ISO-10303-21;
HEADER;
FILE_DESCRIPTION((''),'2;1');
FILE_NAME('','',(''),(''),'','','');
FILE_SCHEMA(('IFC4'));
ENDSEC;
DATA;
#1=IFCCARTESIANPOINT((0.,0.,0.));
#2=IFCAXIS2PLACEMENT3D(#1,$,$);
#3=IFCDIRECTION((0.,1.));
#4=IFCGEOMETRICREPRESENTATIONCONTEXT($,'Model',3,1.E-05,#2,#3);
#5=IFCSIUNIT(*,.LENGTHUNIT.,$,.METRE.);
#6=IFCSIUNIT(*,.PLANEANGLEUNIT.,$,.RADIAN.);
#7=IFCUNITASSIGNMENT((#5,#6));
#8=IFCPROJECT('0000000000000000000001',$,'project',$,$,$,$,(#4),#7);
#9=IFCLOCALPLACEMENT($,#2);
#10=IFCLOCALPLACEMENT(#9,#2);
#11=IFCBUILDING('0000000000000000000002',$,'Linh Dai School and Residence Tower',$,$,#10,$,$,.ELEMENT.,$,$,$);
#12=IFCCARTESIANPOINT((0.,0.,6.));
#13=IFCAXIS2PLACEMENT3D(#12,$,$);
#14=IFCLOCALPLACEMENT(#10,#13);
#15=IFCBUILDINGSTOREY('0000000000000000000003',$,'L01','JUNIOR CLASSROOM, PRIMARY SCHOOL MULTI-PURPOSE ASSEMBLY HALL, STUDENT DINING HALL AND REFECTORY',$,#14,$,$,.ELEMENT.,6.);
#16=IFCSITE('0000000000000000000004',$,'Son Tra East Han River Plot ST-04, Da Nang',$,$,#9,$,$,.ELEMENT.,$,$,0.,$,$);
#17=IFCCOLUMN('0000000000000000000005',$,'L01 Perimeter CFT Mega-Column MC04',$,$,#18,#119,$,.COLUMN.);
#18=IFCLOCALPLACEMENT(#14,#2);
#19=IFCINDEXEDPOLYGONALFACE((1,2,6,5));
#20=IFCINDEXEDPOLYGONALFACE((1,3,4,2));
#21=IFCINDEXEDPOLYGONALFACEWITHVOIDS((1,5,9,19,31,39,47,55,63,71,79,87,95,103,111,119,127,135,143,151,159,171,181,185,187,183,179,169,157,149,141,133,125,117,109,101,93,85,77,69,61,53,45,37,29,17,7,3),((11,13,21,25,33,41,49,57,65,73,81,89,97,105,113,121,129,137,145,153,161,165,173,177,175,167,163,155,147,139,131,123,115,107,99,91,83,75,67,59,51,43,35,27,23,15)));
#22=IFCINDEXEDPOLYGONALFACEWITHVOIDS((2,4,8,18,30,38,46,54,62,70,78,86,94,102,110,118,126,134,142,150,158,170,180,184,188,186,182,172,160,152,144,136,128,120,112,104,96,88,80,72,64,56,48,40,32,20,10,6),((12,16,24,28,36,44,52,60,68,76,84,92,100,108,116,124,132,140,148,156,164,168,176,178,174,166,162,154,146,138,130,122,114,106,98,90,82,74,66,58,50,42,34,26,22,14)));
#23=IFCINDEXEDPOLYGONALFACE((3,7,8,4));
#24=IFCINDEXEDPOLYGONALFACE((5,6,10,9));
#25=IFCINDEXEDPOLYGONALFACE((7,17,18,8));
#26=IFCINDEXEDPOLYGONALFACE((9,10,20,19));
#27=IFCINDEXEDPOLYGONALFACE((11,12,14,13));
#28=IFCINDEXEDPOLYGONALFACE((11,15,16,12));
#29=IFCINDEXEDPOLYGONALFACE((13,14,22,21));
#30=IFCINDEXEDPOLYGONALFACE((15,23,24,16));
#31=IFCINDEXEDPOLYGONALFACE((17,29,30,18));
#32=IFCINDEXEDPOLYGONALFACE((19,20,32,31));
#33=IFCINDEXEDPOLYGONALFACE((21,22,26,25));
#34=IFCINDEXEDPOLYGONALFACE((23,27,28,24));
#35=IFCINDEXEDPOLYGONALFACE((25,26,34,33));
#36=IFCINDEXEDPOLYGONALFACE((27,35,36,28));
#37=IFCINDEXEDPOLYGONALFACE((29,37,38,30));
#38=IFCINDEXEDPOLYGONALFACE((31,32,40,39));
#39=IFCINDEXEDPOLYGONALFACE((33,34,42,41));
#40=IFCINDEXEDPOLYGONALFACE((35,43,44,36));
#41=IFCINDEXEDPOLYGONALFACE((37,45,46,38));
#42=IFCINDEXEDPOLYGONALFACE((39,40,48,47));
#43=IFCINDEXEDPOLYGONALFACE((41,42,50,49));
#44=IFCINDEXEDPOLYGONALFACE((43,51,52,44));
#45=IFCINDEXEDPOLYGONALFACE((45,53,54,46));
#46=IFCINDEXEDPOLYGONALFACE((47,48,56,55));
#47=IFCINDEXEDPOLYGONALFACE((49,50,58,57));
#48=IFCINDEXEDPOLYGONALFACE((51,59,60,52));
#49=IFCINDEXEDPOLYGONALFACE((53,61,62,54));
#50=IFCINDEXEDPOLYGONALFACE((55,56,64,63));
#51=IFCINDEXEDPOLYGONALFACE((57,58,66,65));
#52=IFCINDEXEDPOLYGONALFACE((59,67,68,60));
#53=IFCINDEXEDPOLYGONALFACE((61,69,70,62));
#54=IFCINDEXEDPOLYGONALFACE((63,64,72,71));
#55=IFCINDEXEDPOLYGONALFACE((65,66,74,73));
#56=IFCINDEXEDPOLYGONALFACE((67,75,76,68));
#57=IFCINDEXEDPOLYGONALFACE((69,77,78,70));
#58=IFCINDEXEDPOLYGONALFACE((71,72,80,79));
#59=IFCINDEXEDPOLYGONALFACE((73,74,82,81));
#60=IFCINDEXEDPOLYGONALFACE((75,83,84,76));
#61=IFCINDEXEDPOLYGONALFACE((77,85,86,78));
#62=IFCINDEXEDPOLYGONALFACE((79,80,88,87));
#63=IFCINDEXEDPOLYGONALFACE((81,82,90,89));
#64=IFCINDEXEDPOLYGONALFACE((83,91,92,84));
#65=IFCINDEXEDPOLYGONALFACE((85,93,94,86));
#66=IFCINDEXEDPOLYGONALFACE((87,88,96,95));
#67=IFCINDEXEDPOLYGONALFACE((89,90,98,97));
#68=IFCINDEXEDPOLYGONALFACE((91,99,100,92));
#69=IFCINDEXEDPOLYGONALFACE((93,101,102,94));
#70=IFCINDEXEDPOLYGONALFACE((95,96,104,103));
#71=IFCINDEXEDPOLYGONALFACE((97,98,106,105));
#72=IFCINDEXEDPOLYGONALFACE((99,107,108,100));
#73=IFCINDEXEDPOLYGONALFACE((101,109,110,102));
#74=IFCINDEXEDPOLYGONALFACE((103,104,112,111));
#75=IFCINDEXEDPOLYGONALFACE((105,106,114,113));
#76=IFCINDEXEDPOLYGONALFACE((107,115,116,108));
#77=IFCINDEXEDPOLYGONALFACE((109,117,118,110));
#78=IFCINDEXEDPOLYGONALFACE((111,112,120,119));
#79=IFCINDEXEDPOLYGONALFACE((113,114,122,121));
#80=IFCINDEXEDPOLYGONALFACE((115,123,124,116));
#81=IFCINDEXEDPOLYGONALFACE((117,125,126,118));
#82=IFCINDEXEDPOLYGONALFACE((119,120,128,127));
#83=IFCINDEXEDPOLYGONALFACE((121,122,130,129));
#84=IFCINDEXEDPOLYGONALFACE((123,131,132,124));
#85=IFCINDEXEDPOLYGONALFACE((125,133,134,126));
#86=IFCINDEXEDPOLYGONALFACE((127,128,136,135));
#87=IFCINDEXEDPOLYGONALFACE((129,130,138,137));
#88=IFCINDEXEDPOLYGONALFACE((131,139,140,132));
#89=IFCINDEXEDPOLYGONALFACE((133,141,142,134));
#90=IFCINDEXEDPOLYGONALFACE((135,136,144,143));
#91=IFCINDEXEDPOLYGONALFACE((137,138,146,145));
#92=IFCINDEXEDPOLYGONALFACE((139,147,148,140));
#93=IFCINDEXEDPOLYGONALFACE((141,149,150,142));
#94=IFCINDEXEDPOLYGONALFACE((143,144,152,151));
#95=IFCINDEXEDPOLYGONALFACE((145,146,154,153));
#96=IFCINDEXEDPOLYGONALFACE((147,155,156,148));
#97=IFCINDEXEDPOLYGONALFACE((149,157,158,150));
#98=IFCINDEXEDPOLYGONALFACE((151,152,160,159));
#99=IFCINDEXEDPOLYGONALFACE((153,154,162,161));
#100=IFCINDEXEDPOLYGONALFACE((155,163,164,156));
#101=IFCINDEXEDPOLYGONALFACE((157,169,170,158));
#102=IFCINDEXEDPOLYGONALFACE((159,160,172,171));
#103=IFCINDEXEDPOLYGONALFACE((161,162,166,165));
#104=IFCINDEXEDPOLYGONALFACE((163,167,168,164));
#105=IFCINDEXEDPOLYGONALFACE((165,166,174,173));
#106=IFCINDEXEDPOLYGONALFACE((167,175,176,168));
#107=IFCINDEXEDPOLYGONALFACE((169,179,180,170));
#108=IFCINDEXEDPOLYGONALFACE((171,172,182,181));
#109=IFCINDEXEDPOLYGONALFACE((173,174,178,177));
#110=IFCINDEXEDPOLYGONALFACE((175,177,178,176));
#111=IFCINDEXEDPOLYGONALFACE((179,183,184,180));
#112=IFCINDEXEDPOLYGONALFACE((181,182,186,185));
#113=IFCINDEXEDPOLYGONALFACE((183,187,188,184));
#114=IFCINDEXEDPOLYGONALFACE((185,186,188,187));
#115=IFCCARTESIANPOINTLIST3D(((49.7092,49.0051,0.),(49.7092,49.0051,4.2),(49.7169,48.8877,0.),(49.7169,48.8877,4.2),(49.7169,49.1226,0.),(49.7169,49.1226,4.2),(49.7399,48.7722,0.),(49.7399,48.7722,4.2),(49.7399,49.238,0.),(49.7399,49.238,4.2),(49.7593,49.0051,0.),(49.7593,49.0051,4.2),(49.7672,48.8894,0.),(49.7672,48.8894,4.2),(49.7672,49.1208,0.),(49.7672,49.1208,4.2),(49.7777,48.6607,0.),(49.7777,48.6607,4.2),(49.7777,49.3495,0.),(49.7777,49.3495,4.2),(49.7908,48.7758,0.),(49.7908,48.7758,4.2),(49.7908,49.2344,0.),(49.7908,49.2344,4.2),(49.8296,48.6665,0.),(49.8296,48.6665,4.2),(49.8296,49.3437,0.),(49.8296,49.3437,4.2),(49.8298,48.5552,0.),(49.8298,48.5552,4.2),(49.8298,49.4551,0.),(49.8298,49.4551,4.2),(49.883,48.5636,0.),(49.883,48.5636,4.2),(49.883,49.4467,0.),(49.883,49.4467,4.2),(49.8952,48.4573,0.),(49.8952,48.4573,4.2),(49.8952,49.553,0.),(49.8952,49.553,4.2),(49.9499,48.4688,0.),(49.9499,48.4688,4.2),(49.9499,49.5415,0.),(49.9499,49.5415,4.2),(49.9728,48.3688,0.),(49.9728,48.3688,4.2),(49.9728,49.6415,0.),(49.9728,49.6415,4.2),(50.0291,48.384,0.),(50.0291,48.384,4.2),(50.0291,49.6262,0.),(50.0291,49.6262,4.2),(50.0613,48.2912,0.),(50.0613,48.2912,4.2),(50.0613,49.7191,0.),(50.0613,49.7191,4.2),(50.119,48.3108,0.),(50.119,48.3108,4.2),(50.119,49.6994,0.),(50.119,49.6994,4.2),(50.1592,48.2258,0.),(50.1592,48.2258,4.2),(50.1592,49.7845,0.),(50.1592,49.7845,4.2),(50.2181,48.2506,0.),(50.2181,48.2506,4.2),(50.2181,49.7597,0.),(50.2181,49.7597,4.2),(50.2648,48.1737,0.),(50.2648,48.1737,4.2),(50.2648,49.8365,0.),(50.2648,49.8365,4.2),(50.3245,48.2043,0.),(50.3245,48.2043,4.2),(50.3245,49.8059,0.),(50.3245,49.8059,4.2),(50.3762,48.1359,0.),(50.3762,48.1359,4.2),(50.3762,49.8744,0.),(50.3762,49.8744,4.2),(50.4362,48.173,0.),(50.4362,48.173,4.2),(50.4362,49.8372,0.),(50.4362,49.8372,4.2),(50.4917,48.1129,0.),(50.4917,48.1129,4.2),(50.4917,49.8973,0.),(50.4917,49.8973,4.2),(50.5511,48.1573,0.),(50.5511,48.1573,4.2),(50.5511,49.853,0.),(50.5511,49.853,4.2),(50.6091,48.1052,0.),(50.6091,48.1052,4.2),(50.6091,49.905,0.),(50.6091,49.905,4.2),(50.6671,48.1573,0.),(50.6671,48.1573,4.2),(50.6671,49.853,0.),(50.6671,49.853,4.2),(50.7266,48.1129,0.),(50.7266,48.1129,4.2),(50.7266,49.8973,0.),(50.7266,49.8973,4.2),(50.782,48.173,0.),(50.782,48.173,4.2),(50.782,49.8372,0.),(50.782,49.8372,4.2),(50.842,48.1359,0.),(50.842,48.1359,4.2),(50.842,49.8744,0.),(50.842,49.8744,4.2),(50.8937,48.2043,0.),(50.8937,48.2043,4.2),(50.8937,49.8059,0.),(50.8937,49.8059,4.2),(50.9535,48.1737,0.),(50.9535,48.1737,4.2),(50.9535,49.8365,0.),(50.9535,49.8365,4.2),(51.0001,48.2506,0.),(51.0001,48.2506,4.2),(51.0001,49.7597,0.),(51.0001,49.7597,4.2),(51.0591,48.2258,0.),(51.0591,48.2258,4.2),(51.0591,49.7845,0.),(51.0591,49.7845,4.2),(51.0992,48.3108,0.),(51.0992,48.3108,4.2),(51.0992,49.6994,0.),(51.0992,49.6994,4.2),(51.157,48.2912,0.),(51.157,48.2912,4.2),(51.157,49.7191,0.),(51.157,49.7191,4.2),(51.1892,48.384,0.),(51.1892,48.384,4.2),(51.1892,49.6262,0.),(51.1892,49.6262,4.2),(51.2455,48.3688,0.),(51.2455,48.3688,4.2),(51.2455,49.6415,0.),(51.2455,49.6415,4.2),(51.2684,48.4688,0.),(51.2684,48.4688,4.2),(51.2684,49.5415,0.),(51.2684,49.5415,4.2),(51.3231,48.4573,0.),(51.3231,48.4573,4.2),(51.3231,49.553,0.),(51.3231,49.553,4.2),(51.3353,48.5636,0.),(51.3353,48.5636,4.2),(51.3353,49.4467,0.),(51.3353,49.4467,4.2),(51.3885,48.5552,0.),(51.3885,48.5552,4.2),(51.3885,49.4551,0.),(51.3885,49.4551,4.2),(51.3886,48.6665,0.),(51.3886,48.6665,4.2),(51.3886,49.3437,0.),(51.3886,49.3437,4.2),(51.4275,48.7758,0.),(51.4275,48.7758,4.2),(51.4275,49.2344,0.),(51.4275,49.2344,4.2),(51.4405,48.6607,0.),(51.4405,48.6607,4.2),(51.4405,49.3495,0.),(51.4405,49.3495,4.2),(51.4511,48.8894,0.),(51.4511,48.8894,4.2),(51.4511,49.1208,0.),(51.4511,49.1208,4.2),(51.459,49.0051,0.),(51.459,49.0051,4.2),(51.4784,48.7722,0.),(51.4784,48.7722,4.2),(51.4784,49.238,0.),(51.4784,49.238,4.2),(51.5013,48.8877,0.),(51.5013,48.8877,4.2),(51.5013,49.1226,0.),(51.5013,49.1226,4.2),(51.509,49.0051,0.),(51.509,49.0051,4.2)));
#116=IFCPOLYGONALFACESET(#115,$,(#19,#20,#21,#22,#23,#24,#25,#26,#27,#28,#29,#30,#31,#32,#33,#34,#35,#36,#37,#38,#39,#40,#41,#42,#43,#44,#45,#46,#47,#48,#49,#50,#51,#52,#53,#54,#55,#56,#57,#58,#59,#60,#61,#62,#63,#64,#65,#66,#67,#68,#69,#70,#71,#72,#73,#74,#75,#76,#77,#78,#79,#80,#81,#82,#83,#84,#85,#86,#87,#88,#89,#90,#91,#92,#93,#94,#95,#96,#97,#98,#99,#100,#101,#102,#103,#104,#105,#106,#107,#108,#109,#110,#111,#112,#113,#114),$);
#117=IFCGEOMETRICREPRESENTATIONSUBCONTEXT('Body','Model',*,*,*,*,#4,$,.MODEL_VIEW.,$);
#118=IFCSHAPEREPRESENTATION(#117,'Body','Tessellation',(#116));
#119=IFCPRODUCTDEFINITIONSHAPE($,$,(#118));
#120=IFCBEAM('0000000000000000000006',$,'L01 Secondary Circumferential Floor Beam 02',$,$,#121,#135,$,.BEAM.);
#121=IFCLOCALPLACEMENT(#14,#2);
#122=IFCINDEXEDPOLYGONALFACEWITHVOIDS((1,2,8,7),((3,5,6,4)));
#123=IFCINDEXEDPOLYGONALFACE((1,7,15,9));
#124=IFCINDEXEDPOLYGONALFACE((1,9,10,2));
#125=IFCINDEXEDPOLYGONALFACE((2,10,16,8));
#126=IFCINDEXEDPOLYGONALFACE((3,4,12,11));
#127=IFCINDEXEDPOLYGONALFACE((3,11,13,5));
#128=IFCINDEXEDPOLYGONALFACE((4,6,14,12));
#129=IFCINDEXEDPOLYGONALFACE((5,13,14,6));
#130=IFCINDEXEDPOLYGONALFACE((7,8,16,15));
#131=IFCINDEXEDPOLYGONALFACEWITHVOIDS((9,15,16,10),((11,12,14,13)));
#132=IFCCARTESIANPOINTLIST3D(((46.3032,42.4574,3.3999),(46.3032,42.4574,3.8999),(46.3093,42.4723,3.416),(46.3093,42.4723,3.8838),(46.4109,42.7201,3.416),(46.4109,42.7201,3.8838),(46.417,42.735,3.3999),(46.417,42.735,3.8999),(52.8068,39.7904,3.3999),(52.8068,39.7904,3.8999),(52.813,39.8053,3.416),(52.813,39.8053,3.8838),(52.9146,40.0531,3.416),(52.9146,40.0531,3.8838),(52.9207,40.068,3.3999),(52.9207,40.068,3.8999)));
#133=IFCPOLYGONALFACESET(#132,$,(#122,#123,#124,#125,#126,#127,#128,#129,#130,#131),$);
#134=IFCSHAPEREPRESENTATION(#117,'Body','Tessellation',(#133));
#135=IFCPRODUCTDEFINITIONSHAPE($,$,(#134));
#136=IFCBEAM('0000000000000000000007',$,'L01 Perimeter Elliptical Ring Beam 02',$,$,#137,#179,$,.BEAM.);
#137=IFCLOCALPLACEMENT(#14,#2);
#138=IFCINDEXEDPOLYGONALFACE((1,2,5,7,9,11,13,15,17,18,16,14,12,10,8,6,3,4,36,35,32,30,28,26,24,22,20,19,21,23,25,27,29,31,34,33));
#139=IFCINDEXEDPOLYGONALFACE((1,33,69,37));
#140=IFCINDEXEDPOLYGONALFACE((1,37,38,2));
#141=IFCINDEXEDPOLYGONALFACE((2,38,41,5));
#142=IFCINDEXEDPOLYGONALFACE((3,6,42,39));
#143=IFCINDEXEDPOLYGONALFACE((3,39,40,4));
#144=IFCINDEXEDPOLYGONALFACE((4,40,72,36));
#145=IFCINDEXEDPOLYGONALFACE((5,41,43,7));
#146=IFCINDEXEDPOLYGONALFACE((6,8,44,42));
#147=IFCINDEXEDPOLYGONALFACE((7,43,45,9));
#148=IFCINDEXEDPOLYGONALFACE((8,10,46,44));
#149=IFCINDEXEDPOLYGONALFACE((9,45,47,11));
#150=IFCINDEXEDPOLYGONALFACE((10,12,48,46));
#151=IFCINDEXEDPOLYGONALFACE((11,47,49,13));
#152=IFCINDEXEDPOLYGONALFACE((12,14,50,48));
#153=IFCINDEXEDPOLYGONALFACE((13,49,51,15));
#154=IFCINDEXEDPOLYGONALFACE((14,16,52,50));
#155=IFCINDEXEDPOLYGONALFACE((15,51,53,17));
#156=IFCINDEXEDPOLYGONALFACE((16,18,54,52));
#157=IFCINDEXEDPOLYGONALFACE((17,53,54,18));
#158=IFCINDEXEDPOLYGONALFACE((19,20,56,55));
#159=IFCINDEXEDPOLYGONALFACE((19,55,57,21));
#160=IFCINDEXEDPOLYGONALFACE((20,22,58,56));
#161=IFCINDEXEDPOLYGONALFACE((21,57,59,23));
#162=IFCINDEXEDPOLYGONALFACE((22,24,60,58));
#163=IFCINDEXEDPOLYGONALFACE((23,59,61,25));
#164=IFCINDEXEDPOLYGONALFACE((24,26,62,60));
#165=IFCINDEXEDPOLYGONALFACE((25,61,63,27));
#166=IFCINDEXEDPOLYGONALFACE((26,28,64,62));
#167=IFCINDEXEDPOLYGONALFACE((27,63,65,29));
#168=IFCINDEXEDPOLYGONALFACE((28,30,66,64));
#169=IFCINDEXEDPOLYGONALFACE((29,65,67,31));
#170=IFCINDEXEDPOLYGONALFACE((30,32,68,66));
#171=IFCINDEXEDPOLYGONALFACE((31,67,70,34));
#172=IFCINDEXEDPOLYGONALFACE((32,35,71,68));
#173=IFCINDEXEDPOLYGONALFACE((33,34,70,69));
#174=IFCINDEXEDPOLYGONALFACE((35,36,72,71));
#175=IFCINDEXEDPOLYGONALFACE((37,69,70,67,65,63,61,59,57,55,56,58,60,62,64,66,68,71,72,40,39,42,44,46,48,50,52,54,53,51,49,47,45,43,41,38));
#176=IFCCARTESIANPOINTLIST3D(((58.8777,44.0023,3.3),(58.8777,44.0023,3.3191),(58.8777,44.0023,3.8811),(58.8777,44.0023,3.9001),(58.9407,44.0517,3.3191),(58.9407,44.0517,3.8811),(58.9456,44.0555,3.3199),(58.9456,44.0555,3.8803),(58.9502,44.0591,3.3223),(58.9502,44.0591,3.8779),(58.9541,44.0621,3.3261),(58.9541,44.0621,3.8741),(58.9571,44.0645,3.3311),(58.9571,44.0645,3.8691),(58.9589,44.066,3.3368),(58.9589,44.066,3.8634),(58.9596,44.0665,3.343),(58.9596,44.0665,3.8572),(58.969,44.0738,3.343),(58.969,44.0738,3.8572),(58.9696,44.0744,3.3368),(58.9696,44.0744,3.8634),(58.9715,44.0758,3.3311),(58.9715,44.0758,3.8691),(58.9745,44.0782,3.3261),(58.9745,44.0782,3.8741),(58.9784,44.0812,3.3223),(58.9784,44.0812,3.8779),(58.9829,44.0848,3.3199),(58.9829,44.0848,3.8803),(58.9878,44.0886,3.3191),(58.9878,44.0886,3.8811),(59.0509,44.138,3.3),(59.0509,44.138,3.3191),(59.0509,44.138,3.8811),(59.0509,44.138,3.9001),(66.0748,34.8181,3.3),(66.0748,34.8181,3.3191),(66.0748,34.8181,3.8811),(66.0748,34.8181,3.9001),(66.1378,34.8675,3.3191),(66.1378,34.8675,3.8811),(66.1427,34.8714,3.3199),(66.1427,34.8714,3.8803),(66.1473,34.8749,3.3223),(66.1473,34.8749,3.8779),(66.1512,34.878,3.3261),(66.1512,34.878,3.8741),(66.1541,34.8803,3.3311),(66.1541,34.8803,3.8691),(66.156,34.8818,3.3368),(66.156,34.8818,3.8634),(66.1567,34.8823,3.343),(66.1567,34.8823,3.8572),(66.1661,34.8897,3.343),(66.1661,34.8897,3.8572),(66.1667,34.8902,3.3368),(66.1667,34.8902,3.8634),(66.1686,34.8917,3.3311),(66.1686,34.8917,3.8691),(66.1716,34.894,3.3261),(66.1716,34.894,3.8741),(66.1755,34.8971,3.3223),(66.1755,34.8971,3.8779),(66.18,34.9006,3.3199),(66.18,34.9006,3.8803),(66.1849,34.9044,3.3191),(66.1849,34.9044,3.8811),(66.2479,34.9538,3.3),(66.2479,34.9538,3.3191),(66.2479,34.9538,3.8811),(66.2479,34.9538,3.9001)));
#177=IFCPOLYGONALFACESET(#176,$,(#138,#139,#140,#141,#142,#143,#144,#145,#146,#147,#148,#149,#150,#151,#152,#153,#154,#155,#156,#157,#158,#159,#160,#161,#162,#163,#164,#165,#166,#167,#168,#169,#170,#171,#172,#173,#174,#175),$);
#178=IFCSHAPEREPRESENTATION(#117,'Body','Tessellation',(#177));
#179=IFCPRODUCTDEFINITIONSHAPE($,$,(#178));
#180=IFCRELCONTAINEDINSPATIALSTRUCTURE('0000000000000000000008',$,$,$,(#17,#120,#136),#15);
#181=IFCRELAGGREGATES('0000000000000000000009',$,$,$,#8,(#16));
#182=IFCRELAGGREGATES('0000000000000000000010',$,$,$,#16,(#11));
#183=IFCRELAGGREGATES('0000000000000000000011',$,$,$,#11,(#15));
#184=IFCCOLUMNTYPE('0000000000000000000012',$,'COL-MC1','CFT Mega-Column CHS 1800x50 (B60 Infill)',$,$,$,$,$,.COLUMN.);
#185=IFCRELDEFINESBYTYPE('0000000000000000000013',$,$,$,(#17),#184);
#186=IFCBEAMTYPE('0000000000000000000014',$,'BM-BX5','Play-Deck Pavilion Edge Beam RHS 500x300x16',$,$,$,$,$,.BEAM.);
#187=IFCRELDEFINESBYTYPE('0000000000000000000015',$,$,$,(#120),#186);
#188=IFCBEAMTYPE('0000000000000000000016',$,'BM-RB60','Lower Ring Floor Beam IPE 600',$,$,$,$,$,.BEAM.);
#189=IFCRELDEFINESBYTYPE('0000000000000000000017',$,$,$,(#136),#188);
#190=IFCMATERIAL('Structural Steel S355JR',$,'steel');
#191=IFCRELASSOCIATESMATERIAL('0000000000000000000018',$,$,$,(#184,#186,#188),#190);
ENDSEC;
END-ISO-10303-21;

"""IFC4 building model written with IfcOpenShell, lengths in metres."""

from ifc_helpers import new_model, si_unit, direction, frame, origin, origin_2d, place, context, subcontext, project, spatial, hollow_rectangle, hollow_circle, i_section, extrude, material, material_profile, profile_set, type_object, element, save


model = new_model("IFC4")

# Units and contexts
model_context = context("Model", 3, precision=1e-05, world=origin(), true_north=direction((0.0, 1.0)))
body_context = subcontext(model_context, "Body", "Model", "MODEL_VIEW")
ifc_project = project(units=[si_unit("LENGTHUNIT", "METRE"), si_unit("PLANEANGLEUNIT", "RADIAN")], contexts=[model_context])

# Site, building, storey
site_placement = place(None, origin())
site = spatial("IfcSite", under=ifc_project, at=site_placement, Name="Son Tra East Han River Plot ST-04, Da Nang", CompositionType="ELEMENT", RefElevation=0.0)
building_placement = place(site_placement, origin())
building = spatial("IfcBuilding", under=site, at=building_placement, Name="Linh Dai School and Residence Tower", CompositionType="ELEMENT")
storey_placement = place(building_placement, frame((0.0, 0.0, 6.0)))
storey = spatial("IfcBuildingStorey", under=building, at=storey_placement, Name="L01", Description="JUNIOR CLASSROOM, PRIMARY SCHOOL MULTI-PURPOSE ASSEMBLY HALL, STUDENT DINING HALL AND REFECTORY", CompositionType="ELEMENT", Elevation=6.0)

# Column
ifc_material_1 = material(Name="Structural Steel S355JR", Category="steel")
ifc_material_profile_1 = material_profile(ifc_material_1, hollow_circle(Radius=0.8999, WallThickness=0.05, at=origin_2d()), Name="CHS 1800x50")
ifc_profile_set_1 = profile_set([ifc_material_profile_1], Name="Structural Steel S355JR")
column_type_1 = type_object("IfcColumnType", Name="COL-MC1", Description="CFT Mega-Column CHS 1800x50 (B60 Infill)", PredefinedType="COLUMN", material=ifc_profile_set_1)
for number, where, z_axis, x_axis, name in (
    (1, (50.6091, 49.0051, 0.0), (0.0, 0.0, 1.0), (1.0, 0.0, 0.0), "L01 Perimeter CFT Mega-Column MC04"),
):
    element("IfcColumn", number, at=place(storey_placement, frame(where, z_axis=z_axis, x_axis=x_axis)), inside=storey, type_object=column_type_1, Name=name, PredefinedType="COLUMN", context=body_context, shape_type="SweptSolid", body=[
        extrude(hollow_circle(Radius=0.8999, WallThickness=0.05, at=origin_2d()), origin(), (0.0, 0.0, 1.0), 4.2),
    ])

# Beams
ifc_material_profile_2 = material_profile(ifc_material_1, hollow_rectangle(XDim=0.3, YDim=0.5, WallThickness=0.0161, at=origin_2d()), Name="RHS 500x300x16")
ifc_profile_set_2 = profile_set([ifc_material_profile_2], Name="Structural Steel S355JR")
beam_type_1 = type_object("IfcBeamType", Name="BM-BX5", Description="Play-Deck Pavilion Edge Beam RHS 500x300x16", PredefinedType="BEAM", material=ifc_profile_set_2)
beam_1_placement = place(storey_placement, frame((52.8638, 39.9292, 3.6499), z_axis=(-0.925227, 0.379413, 0.0), x_axis=(-0.379413, -0.925227, 0.0)))
element("IfcBeam", 2, at=beam_1_placement, inside=storey, type_object=beam_type_1, Name="L01 Secondary Circumferential Floor Beam 02", PredefinedType="BEAM", context=body_context, shape_type="SweptSolid", body=[
    extrude(hollow_rectangle(XDim=0.3, YDim=0.5, WallThickness=0.0161, at=origin_2d()), origin(), (0.0, 0.0, 1.0), 7.0293),
])
ifc_material_profile_3 = material_profile(ifc_material_1, i_section(OverallWidth=0.22, OverallDepth=0.6001, WebThickness=0.012, FlangeThickness=0.019, FilletRadius=0.0239, at=origin_2d()), Name="IPE 600")
ifc_profile_set_3 = profile_set([ifc_material_profile_3], Name="Structural Steel S355JR")
beam_type_2 = type_object("IfcBeamType", Name="BM-RB60", Description="Lower Ring Floor Beam IPE 600", PredefinedType="BEAM", material=ifc_profile_set_3)
beam_2_placement = place(storey_placement, frame((66.1614, 34.886, 3.6001), z_axis=(-0.616812, 0.787111, 0.0), x_axis=(-0.787111, -0.616812, 0.0)))
element("IfcBeam", 3, at=beam_2_placement, inside=storey, type_object=beam_type_2, Name="L01 Perimeter Elliptical Ring Beam 02", PredefinedType="BEAM", context=body_context, shape_type="SweptSolid", body=[
    extrude(i_section(OverallWidth=0.22, OverallDepth=0.6001, WebThickness=0.012, FlangeThickness=0.019, FilletRadius=0.0239, at=origin_2d()), origin(), (0.0, 0.0, 1.0), 11.6682),
])

save(model, "model.ifc")
